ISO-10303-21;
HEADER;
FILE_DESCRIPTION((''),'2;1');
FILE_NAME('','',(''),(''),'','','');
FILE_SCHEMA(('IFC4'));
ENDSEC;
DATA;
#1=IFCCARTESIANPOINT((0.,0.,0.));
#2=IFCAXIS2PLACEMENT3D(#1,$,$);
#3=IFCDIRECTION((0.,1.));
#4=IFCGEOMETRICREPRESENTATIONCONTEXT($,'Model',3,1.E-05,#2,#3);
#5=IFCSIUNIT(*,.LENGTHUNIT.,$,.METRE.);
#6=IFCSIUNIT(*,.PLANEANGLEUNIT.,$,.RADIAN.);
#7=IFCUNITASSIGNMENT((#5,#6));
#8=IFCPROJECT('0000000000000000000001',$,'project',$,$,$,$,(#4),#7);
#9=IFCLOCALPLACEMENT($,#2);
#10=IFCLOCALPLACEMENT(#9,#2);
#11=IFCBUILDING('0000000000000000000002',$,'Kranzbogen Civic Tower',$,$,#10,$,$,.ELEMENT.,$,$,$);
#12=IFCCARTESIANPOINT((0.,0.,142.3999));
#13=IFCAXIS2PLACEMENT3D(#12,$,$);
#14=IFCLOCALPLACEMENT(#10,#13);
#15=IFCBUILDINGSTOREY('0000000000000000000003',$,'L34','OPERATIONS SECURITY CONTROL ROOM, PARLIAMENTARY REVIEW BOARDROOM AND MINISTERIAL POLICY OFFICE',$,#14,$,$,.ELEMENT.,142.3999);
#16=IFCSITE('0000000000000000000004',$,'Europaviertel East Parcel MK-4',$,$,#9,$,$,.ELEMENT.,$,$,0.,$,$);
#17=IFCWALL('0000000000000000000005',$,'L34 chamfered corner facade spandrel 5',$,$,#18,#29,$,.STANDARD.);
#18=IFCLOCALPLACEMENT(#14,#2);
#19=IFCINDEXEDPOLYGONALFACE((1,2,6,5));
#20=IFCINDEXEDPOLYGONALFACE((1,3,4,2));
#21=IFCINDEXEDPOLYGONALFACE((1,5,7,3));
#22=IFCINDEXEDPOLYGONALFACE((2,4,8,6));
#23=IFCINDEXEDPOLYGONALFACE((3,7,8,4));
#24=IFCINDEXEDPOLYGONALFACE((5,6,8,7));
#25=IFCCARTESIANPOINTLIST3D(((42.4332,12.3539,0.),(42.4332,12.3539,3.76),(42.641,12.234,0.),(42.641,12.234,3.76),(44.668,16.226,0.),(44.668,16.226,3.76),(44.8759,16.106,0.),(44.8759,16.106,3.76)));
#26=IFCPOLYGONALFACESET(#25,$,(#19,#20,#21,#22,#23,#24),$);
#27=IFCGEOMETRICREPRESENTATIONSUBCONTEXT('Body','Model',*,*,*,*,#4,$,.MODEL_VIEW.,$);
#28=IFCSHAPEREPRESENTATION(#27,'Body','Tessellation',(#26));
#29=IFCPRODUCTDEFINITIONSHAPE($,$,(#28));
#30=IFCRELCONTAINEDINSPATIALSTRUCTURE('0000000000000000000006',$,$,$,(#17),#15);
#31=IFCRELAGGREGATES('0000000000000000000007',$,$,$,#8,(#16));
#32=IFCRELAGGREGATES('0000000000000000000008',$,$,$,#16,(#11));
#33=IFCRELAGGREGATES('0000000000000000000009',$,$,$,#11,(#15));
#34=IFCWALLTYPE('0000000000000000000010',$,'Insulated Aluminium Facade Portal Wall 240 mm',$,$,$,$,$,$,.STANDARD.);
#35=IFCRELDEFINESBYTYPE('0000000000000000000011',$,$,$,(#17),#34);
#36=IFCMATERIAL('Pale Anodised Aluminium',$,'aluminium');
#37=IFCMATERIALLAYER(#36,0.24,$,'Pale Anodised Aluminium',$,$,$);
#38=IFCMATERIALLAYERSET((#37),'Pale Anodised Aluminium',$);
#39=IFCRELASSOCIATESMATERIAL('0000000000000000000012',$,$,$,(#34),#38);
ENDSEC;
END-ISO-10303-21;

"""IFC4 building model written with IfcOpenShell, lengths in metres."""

from ifc_helpers import new_model, si_unit, direction, frame, frame_2d, origin, place, context, subcontext, project, spatial, rectangle, extrude, material, layer, layer_set, type_object, element, save


model = new_model("IFC4")

# Units and contexts
model_context = context("Model", 3, precision=1e-05, world=origin(), true_north=direction((0.0, 1.0)))
body_context = subcontext(model_context, "Body", "Model", "MODEL_VIEW")
ifc_project = project(units=[si_unit("LENGTHUNIT", "METRE"), si_unit("PLANEANGLEUNIT", "RADIAN")], contexts=[model_context])

# Site, building, storey
site_placement = place(None, origin())
site = spatial("IfcSite", under=ifc_project, at=site_placement, Name="Europaviertel East Parcel MK-4", CompositionType="ELEMENT", RefElevation=0.0)
building_placement = place(site_placement, origin())
building = spatial("IfcBuilding", under=site, at=building_placement, Name="Kranzbogen Civic Tower", CompositionType="ELEMENT")
storey_placement = place(building_placement, frame((0.0, 0.0, 142.3999)))
storey = spatial("IfcBuildingStorey", under=building, at=storey_placement, Name="L34", Description="OPERATIONS SECURITY CONTROL ROOM, PARLIAMENTARY REVIEW BOARDROOM AND MINISTERIAL POLICY OFFICE", CompositionType="ELEMENT", Elevation=142.3999)

# Shared definitions
ifc_material_1 = material(Name="Pale Anodised Aluminium", Category="aluminium")

# Wall
ifc_layer_1 = layer(ifc_material_1, 0.24, Name="Pale Anodised Aluminium")
ifc_layer_set_1 = layer_set([ifc_layer_1], Name="Pale Anodised Aluminium")
wall_type_1 = type_object("IfcWallType", Name="Insulated Aluminium Facade Portal Wall 240 mm", PredefinedType="STANDARD", material=ifc_layer_set_1)
wall_1_placement = place(storey_placement, frame((42.5371, 12.2939, 0.0), z_axis=(0.0, 0.0, 1.0), x_axis=(0.499886, 0.866091, 0.0)))
element("IfcWall", 1, at=wall_1_placement, inside=storey, type_object=wall_type_1, Name="L34 chamfered corner facade spandrel 5", PredefinedType="STANDARD", context=body_context, shape_type="SweptSolid", body=[
    extrude(rectangle(XDim=4.4707, YDim=0.24, at=frame_2d((2.2354, 0.0))), origin(), (0.0, 0.0, 1.0), 3.76),
])

save(model, "model.ifc")
